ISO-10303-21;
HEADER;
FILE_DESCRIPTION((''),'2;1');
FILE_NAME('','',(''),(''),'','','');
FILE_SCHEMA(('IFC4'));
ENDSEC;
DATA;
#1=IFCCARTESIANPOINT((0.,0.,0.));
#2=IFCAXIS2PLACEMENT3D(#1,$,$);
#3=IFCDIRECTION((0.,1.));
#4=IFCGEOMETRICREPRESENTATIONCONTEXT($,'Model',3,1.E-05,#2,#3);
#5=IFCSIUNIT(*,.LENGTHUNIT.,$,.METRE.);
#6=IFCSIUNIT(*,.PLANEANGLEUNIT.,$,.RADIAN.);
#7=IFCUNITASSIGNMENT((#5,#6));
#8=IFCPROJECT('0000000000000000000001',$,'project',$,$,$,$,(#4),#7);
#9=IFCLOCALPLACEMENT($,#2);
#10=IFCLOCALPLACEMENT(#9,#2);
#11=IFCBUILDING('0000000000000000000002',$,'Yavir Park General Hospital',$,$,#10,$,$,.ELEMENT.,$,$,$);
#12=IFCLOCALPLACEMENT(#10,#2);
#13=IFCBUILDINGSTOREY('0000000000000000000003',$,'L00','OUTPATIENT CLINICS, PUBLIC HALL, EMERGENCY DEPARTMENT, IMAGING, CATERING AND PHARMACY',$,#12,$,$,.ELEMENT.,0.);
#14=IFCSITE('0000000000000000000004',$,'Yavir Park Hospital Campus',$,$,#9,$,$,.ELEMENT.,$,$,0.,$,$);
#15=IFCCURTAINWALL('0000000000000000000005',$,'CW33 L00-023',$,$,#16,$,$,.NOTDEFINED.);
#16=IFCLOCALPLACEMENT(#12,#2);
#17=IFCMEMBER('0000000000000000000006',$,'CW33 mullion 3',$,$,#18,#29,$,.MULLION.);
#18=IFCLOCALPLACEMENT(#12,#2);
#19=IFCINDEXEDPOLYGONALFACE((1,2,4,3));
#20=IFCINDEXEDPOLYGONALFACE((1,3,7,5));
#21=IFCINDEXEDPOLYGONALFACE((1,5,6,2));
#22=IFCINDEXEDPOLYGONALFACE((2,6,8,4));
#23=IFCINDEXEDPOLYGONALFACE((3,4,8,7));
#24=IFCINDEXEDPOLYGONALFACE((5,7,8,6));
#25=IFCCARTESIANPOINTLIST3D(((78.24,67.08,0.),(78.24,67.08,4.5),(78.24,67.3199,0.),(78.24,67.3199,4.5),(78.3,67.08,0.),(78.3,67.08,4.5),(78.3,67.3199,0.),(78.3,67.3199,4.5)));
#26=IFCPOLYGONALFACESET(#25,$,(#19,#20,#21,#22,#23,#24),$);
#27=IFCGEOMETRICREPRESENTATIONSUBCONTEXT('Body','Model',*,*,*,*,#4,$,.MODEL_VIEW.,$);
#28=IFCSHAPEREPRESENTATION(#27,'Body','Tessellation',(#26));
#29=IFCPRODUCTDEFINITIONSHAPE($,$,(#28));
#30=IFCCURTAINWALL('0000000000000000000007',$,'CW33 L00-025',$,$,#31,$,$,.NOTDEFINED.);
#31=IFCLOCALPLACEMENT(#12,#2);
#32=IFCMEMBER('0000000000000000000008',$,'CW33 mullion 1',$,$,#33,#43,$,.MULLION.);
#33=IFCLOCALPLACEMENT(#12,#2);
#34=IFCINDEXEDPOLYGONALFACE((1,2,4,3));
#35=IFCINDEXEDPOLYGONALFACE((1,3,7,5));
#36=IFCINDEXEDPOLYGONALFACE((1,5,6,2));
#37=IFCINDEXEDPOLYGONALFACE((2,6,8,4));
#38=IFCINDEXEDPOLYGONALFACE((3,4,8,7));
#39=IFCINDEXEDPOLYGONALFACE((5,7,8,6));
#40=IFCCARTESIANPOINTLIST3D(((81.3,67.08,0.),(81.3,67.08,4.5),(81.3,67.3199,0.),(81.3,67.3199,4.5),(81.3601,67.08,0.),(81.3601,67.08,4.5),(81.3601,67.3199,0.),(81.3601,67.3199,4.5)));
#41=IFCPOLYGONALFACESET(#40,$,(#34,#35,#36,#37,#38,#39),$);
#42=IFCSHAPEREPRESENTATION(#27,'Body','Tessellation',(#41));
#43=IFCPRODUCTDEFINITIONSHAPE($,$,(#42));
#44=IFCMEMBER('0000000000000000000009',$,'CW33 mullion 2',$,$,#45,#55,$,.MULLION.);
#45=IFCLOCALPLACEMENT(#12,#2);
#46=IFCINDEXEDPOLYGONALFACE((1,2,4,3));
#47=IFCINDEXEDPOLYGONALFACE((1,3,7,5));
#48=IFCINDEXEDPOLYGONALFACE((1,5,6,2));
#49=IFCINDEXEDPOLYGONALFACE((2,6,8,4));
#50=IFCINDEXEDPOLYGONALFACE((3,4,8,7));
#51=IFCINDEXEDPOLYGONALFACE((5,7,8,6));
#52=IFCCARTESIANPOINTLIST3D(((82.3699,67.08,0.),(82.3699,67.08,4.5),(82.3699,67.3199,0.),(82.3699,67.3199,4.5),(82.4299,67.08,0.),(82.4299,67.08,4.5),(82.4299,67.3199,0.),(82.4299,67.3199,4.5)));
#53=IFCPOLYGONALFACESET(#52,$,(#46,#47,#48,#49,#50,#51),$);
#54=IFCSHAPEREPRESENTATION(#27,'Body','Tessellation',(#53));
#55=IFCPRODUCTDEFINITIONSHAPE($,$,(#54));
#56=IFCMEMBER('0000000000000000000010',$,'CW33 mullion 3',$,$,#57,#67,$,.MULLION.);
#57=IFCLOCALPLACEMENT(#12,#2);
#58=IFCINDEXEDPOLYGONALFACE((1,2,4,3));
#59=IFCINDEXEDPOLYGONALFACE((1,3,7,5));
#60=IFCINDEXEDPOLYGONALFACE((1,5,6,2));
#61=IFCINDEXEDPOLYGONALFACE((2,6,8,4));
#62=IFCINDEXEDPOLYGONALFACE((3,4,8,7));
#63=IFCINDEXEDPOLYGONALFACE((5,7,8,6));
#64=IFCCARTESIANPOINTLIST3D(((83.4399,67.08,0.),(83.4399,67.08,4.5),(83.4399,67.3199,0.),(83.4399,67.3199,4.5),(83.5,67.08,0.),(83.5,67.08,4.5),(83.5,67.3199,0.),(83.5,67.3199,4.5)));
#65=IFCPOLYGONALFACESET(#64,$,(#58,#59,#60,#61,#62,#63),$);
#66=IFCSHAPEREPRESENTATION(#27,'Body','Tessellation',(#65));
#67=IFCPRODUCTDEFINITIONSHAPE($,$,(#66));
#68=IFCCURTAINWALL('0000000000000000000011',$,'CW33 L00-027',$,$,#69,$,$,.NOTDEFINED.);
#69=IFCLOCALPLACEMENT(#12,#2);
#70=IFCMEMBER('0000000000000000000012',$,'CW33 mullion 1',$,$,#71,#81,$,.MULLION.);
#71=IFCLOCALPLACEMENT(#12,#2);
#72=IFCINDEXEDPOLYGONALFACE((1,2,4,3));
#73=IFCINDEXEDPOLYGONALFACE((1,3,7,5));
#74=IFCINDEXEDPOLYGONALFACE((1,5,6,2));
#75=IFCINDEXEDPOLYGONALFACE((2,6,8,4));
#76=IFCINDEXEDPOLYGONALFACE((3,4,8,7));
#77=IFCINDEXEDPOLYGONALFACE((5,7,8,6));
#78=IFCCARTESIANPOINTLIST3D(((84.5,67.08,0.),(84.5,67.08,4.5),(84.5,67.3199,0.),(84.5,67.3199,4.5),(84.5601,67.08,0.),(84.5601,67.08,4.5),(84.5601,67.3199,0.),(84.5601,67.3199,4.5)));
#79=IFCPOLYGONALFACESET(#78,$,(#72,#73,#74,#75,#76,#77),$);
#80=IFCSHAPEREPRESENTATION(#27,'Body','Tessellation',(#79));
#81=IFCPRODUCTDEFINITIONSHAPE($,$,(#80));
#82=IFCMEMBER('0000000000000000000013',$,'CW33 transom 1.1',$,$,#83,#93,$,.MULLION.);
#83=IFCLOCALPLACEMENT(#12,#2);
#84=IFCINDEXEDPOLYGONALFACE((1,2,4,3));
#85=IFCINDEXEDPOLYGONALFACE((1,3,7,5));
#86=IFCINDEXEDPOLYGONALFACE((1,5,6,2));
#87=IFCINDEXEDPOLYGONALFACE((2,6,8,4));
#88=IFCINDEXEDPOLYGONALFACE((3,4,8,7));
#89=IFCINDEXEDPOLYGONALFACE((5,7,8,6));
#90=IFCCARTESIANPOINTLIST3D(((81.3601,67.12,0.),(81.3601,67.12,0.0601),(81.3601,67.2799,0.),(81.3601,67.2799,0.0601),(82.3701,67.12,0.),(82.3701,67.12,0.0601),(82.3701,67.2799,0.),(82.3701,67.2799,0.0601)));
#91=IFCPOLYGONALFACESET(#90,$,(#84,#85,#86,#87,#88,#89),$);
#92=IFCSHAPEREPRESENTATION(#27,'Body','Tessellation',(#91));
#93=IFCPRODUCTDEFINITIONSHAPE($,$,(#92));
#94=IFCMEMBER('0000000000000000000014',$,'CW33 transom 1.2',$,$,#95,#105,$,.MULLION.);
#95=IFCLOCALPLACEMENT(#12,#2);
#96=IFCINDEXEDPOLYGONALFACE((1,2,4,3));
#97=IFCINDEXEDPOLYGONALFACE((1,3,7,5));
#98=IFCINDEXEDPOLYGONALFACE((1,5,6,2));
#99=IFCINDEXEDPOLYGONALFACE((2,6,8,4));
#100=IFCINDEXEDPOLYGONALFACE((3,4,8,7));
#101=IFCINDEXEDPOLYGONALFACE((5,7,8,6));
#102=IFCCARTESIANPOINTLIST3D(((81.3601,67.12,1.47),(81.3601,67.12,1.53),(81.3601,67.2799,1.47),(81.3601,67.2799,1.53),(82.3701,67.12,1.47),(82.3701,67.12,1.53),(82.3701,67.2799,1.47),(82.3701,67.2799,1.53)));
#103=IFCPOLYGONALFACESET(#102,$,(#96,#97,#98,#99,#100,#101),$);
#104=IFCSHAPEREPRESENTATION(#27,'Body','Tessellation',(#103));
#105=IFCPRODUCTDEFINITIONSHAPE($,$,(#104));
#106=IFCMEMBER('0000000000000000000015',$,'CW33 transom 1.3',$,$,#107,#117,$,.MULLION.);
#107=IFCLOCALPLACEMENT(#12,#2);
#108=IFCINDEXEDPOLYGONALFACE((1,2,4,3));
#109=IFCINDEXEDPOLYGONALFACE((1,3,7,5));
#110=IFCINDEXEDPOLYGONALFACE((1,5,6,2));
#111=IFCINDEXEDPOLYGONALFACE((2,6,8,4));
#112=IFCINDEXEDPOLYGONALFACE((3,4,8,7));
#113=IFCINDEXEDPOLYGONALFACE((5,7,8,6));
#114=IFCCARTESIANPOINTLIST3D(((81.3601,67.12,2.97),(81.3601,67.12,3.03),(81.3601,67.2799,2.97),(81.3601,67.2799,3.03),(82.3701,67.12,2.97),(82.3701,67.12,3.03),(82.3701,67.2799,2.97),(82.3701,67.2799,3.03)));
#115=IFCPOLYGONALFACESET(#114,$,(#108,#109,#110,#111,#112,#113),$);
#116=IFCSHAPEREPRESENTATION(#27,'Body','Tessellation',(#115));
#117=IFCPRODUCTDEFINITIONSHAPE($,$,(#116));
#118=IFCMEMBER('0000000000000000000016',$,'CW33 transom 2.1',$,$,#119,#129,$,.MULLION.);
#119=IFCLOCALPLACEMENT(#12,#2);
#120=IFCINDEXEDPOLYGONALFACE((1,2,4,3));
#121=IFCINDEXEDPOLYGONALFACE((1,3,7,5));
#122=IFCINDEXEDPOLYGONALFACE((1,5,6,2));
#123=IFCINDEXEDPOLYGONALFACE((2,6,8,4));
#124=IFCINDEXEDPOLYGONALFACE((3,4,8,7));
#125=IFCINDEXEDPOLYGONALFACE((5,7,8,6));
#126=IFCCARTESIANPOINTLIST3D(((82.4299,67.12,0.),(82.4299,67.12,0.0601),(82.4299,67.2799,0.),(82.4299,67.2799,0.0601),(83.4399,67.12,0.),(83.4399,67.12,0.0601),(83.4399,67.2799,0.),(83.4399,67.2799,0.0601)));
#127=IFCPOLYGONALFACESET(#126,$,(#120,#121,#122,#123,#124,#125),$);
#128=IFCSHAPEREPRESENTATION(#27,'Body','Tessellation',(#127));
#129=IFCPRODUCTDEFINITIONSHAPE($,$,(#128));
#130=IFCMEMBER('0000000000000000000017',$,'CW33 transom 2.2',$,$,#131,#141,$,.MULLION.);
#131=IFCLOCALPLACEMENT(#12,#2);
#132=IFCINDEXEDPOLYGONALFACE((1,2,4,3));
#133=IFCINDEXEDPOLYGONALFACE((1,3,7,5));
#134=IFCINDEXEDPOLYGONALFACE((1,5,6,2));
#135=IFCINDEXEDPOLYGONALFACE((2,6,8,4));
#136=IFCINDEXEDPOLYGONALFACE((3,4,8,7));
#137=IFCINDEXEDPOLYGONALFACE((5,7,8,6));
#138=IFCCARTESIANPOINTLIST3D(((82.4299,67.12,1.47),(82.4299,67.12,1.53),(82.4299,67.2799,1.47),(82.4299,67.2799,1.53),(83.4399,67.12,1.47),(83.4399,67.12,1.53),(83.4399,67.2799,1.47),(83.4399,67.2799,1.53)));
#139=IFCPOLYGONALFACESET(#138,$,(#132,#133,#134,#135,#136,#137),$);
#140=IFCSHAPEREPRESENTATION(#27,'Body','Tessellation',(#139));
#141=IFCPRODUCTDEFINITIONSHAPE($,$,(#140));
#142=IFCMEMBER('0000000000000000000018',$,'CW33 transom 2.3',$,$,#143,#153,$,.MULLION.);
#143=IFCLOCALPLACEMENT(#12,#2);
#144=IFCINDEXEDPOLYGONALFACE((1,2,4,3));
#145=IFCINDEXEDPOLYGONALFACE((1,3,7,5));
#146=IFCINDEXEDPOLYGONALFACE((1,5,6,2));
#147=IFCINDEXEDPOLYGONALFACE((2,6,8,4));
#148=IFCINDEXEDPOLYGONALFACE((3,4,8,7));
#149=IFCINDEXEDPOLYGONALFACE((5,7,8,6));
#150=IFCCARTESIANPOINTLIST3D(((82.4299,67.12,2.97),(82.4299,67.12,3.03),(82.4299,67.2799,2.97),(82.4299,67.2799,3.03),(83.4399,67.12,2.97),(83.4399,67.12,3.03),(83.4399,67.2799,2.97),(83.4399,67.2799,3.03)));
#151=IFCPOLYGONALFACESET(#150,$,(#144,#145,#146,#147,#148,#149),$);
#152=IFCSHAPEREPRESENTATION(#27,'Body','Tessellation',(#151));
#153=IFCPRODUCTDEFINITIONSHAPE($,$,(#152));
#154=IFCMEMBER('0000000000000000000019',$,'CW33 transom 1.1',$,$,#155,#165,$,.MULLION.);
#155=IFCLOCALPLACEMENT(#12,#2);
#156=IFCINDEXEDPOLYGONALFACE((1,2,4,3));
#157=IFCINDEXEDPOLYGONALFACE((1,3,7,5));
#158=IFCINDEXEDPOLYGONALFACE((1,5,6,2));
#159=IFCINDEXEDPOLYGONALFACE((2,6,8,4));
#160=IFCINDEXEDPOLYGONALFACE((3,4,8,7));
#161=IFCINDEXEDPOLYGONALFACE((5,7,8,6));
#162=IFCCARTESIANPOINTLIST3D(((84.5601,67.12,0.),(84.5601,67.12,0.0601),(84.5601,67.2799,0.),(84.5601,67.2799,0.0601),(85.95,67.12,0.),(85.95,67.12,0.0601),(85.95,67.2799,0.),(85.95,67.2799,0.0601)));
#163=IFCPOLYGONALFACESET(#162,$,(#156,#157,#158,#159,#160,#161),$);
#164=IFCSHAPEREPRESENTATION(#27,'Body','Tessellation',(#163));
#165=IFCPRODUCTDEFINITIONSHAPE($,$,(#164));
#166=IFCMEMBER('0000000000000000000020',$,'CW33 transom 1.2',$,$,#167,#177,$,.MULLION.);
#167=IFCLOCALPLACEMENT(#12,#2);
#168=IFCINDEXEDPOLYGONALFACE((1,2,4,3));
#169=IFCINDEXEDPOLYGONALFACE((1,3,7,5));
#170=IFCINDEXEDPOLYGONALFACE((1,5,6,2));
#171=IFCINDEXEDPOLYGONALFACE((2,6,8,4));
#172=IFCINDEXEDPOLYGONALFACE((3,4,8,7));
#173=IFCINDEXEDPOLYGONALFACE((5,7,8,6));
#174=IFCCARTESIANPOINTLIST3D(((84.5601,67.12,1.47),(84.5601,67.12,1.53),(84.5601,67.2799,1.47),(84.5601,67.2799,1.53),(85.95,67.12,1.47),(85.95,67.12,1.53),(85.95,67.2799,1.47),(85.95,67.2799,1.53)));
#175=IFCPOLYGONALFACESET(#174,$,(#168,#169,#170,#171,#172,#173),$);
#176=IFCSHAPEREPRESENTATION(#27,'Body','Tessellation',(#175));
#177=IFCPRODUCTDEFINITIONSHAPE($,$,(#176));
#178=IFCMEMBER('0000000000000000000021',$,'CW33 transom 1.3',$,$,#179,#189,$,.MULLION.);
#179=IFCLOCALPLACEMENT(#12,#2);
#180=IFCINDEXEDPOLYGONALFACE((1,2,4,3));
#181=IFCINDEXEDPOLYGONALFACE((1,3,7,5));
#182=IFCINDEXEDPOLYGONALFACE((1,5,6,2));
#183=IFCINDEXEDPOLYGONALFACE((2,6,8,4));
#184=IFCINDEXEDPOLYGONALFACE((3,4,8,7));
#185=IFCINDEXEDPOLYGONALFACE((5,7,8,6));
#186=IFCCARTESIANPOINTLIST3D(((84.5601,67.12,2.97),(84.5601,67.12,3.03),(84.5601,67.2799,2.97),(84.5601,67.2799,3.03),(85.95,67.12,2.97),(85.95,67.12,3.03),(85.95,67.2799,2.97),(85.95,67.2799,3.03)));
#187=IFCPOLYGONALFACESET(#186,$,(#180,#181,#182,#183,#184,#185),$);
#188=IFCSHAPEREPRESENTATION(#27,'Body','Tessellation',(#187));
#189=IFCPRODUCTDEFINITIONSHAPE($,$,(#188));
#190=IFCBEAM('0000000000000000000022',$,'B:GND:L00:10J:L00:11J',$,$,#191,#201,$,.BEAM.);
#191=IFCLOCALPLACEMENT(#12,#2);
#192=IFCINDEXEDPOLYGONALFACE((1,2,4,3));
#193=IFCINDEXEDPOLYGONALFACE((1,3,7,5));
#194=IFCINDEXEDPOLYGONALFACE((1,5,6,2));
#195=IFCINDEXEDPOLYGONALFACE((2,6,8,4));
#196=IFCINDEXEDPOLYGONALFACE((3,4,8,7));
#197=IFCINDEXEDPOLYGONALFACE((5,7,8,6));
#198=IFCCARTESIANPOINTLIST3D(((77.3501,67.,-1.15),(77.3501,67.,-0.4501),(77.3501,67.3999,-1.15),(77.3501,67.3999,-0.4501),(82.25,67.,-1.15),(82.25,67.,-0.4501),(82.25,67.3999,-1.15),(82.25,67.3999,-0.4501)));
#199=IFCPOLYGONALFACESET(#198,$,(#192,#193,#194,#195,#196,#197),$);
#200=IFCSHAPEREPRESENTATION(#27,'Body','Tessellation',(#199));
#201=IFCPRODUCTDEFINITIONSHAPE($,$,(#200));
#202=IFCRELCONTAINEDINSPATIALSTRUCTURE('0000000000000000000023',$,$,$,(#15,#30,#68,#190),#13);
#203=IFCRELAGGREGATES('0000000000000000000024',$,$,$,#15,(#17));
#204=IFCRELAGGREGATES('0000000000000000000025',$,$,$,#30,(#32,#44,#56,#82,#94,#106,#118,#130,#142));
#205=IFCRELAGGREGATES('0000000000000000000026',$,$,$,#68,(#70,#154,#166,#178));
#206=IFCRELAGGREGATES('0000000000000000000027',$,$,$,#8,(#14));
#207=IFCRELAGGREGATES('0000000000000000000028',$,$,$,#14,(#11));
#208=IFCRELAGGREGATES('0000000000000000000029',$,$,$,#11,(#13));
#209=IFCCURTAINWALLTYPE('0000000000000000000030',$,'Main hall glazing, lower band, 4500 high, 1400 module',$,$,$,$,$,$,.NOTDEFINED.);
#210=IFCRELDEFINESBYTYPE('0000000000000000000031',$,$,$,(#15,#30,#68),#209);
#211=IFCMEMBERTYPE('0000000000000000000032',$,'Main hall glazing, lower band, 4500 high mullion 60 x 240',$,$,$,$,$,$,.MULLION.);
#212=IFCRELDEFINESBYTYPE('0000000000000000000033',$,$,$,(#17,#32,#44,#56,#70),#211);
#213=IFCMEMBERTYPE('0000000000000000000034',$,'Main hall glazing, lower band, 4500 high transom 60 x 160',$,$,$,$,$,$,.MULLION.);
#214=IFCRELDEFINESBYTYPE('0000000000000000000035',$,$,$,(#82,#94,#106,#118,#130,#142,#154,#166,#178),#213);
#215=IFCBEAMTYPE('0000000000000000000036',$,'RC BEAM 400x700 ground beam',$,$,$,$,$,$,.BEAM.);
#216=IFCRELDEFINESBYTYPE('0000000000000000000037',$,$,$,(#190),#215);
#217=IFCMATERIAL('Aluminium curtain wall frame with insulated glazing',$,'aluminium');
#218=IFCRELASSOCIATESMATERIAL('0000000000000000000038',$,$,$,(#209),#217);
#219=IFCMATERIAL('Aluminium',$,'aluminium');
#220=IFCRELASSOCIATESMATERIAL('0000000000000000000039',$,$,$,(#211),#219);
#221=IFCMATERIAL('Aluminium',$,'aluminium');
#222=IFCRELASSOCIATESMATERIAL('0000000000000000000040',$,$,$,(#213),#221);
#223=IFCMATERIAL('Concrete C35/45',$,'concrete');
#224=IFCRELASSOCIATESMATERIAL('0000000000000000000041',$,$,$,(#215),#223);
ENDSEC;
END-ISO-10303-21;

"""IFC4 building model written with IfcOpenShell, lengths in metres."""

from ifc_helpers import new_model, si_unit, direction, frame, origin, origin_2d, place, context, subcontext, project, spatial, rectangle, extrude, material, material_profile, profile_set, type_object, element, aggregate, save


model = new_model("IFC4")

# Units and contexts
model_context = context("Model", 3, precision=1e-05, world=origin(), true_north=direction((0.0, 1.0)))
body_context = subcontext(model_context, "Body", "Model", "MODEL_VIEW")
ifc_project = project(units=[si_unit("LENGTHUNIT", "METRE"), si_unit("PLANEANGLEUNIT", "RADIAN")], contexts=[model_context])

# Site, building, storey
site_placement = place(None, origin())
site = spatial("IfcSite", under=ifc_project, at=site_placement, Name="Yavir Park Hospital Campus", CompositionType="ELEMENT", RefElevation=0.0)
building_placement = place(site_placement, origin())
building = spatial("IfcBuilding", under=site, at=building_placement, Name="Yavir Park General Hospital", CompositionType="ELEMENT")
storey_placement = place(building_placement, origin())
storey = spatial("IfcBuildingStorey", under=building, at=storey_placement, Name="L00", Description="OUTPATIENT CLINICS, PUBLIC HALL, EMERGENCY DEPARTMENT, IMAGING, CATERING AND PHARMACY", CompositionType="ELEMENT", Elevation=0.0)

# Curtain wall, member
ifc_material_1 = material(Name="Aluminium curtain wall frame with insulated glazing", Category="aluminium")
curtain_wall_type = type_object("IfcCurtainWallType", Name="Main hall glazing, lower band, 4500 high, 1400 module", PredefinedType="NOTDEFINED", material=ifc_material_1)
curtain_wall_1_placement = place(storey_placement, origin())
curtain_wall_1 = element("IfcCurtainWall", 1, at=curtain_wall_1_placement, inside=storey, type_object=curtain_wall_type, Name="CW33 L00-023", PredefinedType="NOTDEFINED")
ifc_material_2 = material(Name="Aluminium", Category="aluminium")
ifc_material_profile_1 = material_profile(ifc_material_2, rectangle(XDim=0.24, YDim=0.0601, at=origin_2d()), Name="AL 60x240")
ifc_profile_set_1 = profile_set([ifc_material_profile_1], Name="Aluminium")
member_type_1 = type_object("IfcMemberType", Name="Main hall glazing, lower band, 4500 high mullion 60 x 240", PredefinedType="MULLION", material=ifc_profile_set_1)
member_1_placement = place(storey_placement, frame((78.27, 67.2, 0.0), z_axis=(0.0, 0.0, 1.0), x_axis=(0.0, 1.0, 0.0)))
member_1 = element("IfcMember", 2, at=member_1_placement, type_object=member_type_1, Name="CW33 mullion 3", PredefinedType="MULLION", context=body_context, shape_type="SweptSolid", body=[
    extrude(rectangle(XDim=0.24, YDim=0.0601, at=origin_2d()), origin(), (0.0, 0.0, 1.0), 4.5),
])

# Curtain wall, members
curtain_wall_2_placement = place(storey_placement, origin())
curtain_wall_2 = element("IfcCurtainWall", 3, at=curtain_wall_2_placement, inside=storey, type_object=curtain_wall_type, Name="CW33 L00-025", PredefinedType="NOTDEFINED")
member_2_placement = place(storey_placement, frame((81.3301, 67.2, 0.0), z_axis=(0.0, 0.0, 1.0), x_axis=(0.0, 1.0, 0.0)))
member_2 = element("IfcMember", 4, at=member_2_placement, type_object=member_type_1, Name="CW33 mullion 1", PredefinedType="MULLION", context=body_context, shape_type="SweptSolid", body=[
    extrude(rectangle(XDim=0.24, YDim=0.0601, at=origin_2d()), origin(), (0.0, 0.0, 1.0), 4.5),
])
member_3_placement = place(storey_placement, frame((82.3999, 67.2, 0.0), z_axis=(0.0, 0.0, 1.0), x_axis=(0.0, 1.0, 0.0)))
member_3 = element("IfcMember", 5, at=member_3_placement, type_object=member_type_1, Name="CW33 mullion 2", PredefinedType="MULLION", context=body_context, shape_type="SweptSolid", body=[
    extrude(rectangle(XDim=0.24, YDim=0.0601, at=origin_2d()), origin(), (0.0, 0.0, 1.0), 4.5),
])
member_4_placement = place(storey_placement, frame((83.47, 67.2, 0.0), z_axis=(0.0, 0.0, 1.0), x_axis=(0.0, 1.0, 0.0)))
member_4 = element("IfcMember", 6, at=member_4_placement, type_object=member_type_1, Name="CW33 mullion 3", PredefinedType="MULLION", context=body_context, shape_type="SweptSolid", body=[
    extrude(rectangle(XDim=0.24, YDim=0.0601, at=origin_2d()), origin(), (0.0, 0.0, 1.0), 4.5),
])

# Curtain wall, member
curtain_wall_3_placement = place(storey_placement, origin())
curtain_wall_3 = element("IfcCurtainWall", 7, at=curtain_wall_3_placement, inside=storey, type_object=curtain_wall_type, Name="CW33 L00-027", PredefinedType="NOTDEFINED")
member_5_placement = place(storey_placement, frame((84.53, 67.2, 0.0), z_axis=(0.0, 0.0, 1.0), x_axis=(0.0, 1.0, 0.0)))
member_5 = element("IfcMember", 8, at=member_5_placement, type_object=member_type_1, Name="CW33 mullion 1", PredefinedType="MULLION", context=body_context, shape_type="SweptSolid", body=[
    extrude(rectangle(XDim=0.24, YDim=0.0601, at=origin_2d()), origin(), (0.0, 0.0, 1.0), 4.5),
])

# Members
ifc_material_3 = material(Name="Aluminium", Category="aluminium")
ifc_material_profile_2 = material_profile(ifc_material_3, rectangle(XDim=0.1599, YDim=0.0601, at=origin_2d()), Name="AL 160x60")
ifc_profile_set_2 = profile_set([ifc_material_profile_2], Name="Aluminium")
member_type_2 = type_object("IfcMemberType", Name="Main hall glazing, lower band, 4500 high transom 60 x 160", PredefinedType="MULLION", material=ifc_profile_set_2)
member_6_placement = place(storey_placement, frame((81.3601, 67.2, 0.03), z_axis=(1.0, 0.0, 0.0), x_axis=(0.0, 1.0, 0.0)))
member_6 = element("IfcMember", 9, at=member_6_placement, type_object=member_type_2, Name="CW33 transom 1.1", PredefinedType="MULLION", context=body_context, shape_type="SweptSolid", body=[
    extrude(rectangle(XDim=0.1599, YDim=0.0601, at=origin_2d()), origin(), (0.0, 0.0, 1.0), 1.01),
])
member_7_placement = place(storey_placement, frame((81.3601, 67.2, 1.5), z_axis=(1.0, 0.0, 0.0), x_axis=(0.0, 1.0, 0.0)))
member_7 = element("IfcMember", 10, at=member_7_placement, type_object=member_type_2, Name="CW33 transom 1.2", PredefinedType="MULLION", context=body_context, shape_type="SweptSolid", body=[
    extrude(rectangle(XDim=0.1599, YDim=0.0601, at=origin_2d()), origin(), (0.0, 0.0, 1.0), 1.01),
])
member_8_placement = place(storey_placement, frame((81.3601, 67.2, 3.0), z_axis=(1.0, 0.0, 0.0), x_axis=(0.0, 1.0, 0.0)))
member_8 = element("IfcMember", 11, at=member_8_placement, type_object=member_type_2, Name="CW33 transom 1.3", PredefinedType="MULLION", context=body_context, shape_type="SweptSolid", body=[
    extrude(rectangle(XDim=0.1599, YDim=0.0601, at=origin_2d()), origin(), (0.0, 0.0, 1.0), 1.01),
])
member_9_placement = place(storey_placement, frame((82.4299, 67.2, 0.03), z_axis=(1.0, 0.0, 0.0), x_axis=(0.0, 1.0, 0.0)))
member_9 = element("IfcMember", 12, at=member_9_placement, type_object=member_type_2, Name="CW33 transom 2.1", PredefinedType="MULLION", context=body_context, shape_type="SweptSolid", body=[
    extrude(rectangle(XDim=0.1599, YDim=0.0601, at=origin_2d()), origin(), (0.0, 0.0, 1.0), 1.01),
])
member_10_placement = place(storey_placement, frame((82.4299, 67.2, 1.5), z_axis=(1.0, 0.0, 0.0), x_axis=(0.0, 1.0, 0.0)))
member_10 = element("IfcMember", 13, at=member_10_placement, type_object=member_type_2, Name="CW33 transom 2.2", PredefinedType="MULLION", context=body_context, shape_type="SweptSolid", body=[
    extrude(rectangle(XDim=0.1599, YDim=0.0601, at=origin_2d()), origin(), (0.0, 0.0, 1.0), 1.01),
])
member_11_placement = place(storey_placement, frame((82.4299, 67.2, 3.0), z_axis=(1.0, 0.0, 0.0), x_axis=(0.0, 1.0, 0.0)))
member_11 = element("IfcMember", 14, at=member_11_placement, type_object=member_type_2, Name="CW33 transom 2.3", PredefinedType="MULLION", context=body_context, shape_type="SweptSolid", body=[
    extrude(rectangle(XDim=0.1599, YDim=0.0601, at=origin_2d()), origin(), (0.0, 0.0, 1.0), 1.01),
])
member_12_placement = place(storey_placement, frame((84.5601, 67.2, 0.03), z_axis=(1.0, 0.0, 0.0), x_axis=(0.0, 1.0, 0.0)))
member_12 = element("IfcMember", 15, at=member_12_placement, type_object=member_type_2, Name="CW33 transom 1.1", PredefinedType="MULLION", context=body_context, shape_type="SweptSolid", body=[
    extrude(rectangle(XDim=0.1599, YDim=0.0601, at=origin_2d()), origin(), (0.0, 0.0, 1.0), 1.3899),
])
member_13_placement = place(storey_placement, frame((84.5601, 67.2, 1.5), z_axis=(1.0, 0.0, 0.0), x_axis=(0.0, 1.0, 0.0)))
member_13 = element("IfcMember", 16, at=member_13_placement, type_object=member_type_2, Name="CW33 transom 1.2", PredefinedType="MULLION", context=body_context, shape_type="SweptSolid", body=[
    extrude(rectangle(XDim=0.1599, YDim=0.0601, at=origin_2d()), origin(), (0.0, 0.0, 1.0), 1.3899),
])
member_14_placement = place(storey_placement, frame((84.5601, 67.2, 3.0), z_axis=(1.0, 0.0, 0.0), x_axis=(0.0, 1.0, 0.0)))
member_14 = element("IfcMember", 17, at=member_14_placement, type_object=member_type_2, Name="CW33 transom 1.3", PredefinedType="MULLION", context=body_context, shape_type="SweptSolid", body=[
    extrude(rectangle(XDim=0.1599, YDim=0.0601, at=origin_2d()), origin(), (0.0, 0.0, 1.0), 1.3899),
])

# Beam
ifc_material_4 = material(Name="Concrete C35/45", Category="concrete")
ifc_material_profile_3 = material_profile(ifc_material_4, rectangle(XDim=0.3999, YDim=0.7, at=origin_2d()), Name="RC400x700")
ifc_profile_set_3 = profile_set([ifc_material_profile_3], Name="Concrete C35/45")
beam_type = type_object("IfcBeamType", Name="RC BEAM 400x700 ground beam", PredefinedType="BEAM", material=ifc_profile_set_3)
beam_placement = place(storey_placement, frame((77.3501, 67.2, -0.8), z_axis=(1.0, 0.0, 0.0), x_axis=(0.0, 1.0, 0.0)))
element("IfcBeam", 18, at=beam_placement, inside=storey, type_object=beam_type, Name="B:GND:L00:10J:L00:11J", PredefinedType="BEAM", context=body_context, shape_type="SweptSolid", body=[
    extrude(rectangle(XDim=0.3999, YDim=0.7, at=origin_2d()), origin(), (0.0, 0.0, 1.0), 4.8999),
])

aggregate(curtain_wall_1, [member_1])
aggregate(curtain_wall_2, [member_2, member_3, member_4, member_6, member_7, member_8, member_9, member_10, member_11])
aggregate(curtain_wall_3, [member_5, member_12, member_13, member_14])

save(model, "model.ifc")
